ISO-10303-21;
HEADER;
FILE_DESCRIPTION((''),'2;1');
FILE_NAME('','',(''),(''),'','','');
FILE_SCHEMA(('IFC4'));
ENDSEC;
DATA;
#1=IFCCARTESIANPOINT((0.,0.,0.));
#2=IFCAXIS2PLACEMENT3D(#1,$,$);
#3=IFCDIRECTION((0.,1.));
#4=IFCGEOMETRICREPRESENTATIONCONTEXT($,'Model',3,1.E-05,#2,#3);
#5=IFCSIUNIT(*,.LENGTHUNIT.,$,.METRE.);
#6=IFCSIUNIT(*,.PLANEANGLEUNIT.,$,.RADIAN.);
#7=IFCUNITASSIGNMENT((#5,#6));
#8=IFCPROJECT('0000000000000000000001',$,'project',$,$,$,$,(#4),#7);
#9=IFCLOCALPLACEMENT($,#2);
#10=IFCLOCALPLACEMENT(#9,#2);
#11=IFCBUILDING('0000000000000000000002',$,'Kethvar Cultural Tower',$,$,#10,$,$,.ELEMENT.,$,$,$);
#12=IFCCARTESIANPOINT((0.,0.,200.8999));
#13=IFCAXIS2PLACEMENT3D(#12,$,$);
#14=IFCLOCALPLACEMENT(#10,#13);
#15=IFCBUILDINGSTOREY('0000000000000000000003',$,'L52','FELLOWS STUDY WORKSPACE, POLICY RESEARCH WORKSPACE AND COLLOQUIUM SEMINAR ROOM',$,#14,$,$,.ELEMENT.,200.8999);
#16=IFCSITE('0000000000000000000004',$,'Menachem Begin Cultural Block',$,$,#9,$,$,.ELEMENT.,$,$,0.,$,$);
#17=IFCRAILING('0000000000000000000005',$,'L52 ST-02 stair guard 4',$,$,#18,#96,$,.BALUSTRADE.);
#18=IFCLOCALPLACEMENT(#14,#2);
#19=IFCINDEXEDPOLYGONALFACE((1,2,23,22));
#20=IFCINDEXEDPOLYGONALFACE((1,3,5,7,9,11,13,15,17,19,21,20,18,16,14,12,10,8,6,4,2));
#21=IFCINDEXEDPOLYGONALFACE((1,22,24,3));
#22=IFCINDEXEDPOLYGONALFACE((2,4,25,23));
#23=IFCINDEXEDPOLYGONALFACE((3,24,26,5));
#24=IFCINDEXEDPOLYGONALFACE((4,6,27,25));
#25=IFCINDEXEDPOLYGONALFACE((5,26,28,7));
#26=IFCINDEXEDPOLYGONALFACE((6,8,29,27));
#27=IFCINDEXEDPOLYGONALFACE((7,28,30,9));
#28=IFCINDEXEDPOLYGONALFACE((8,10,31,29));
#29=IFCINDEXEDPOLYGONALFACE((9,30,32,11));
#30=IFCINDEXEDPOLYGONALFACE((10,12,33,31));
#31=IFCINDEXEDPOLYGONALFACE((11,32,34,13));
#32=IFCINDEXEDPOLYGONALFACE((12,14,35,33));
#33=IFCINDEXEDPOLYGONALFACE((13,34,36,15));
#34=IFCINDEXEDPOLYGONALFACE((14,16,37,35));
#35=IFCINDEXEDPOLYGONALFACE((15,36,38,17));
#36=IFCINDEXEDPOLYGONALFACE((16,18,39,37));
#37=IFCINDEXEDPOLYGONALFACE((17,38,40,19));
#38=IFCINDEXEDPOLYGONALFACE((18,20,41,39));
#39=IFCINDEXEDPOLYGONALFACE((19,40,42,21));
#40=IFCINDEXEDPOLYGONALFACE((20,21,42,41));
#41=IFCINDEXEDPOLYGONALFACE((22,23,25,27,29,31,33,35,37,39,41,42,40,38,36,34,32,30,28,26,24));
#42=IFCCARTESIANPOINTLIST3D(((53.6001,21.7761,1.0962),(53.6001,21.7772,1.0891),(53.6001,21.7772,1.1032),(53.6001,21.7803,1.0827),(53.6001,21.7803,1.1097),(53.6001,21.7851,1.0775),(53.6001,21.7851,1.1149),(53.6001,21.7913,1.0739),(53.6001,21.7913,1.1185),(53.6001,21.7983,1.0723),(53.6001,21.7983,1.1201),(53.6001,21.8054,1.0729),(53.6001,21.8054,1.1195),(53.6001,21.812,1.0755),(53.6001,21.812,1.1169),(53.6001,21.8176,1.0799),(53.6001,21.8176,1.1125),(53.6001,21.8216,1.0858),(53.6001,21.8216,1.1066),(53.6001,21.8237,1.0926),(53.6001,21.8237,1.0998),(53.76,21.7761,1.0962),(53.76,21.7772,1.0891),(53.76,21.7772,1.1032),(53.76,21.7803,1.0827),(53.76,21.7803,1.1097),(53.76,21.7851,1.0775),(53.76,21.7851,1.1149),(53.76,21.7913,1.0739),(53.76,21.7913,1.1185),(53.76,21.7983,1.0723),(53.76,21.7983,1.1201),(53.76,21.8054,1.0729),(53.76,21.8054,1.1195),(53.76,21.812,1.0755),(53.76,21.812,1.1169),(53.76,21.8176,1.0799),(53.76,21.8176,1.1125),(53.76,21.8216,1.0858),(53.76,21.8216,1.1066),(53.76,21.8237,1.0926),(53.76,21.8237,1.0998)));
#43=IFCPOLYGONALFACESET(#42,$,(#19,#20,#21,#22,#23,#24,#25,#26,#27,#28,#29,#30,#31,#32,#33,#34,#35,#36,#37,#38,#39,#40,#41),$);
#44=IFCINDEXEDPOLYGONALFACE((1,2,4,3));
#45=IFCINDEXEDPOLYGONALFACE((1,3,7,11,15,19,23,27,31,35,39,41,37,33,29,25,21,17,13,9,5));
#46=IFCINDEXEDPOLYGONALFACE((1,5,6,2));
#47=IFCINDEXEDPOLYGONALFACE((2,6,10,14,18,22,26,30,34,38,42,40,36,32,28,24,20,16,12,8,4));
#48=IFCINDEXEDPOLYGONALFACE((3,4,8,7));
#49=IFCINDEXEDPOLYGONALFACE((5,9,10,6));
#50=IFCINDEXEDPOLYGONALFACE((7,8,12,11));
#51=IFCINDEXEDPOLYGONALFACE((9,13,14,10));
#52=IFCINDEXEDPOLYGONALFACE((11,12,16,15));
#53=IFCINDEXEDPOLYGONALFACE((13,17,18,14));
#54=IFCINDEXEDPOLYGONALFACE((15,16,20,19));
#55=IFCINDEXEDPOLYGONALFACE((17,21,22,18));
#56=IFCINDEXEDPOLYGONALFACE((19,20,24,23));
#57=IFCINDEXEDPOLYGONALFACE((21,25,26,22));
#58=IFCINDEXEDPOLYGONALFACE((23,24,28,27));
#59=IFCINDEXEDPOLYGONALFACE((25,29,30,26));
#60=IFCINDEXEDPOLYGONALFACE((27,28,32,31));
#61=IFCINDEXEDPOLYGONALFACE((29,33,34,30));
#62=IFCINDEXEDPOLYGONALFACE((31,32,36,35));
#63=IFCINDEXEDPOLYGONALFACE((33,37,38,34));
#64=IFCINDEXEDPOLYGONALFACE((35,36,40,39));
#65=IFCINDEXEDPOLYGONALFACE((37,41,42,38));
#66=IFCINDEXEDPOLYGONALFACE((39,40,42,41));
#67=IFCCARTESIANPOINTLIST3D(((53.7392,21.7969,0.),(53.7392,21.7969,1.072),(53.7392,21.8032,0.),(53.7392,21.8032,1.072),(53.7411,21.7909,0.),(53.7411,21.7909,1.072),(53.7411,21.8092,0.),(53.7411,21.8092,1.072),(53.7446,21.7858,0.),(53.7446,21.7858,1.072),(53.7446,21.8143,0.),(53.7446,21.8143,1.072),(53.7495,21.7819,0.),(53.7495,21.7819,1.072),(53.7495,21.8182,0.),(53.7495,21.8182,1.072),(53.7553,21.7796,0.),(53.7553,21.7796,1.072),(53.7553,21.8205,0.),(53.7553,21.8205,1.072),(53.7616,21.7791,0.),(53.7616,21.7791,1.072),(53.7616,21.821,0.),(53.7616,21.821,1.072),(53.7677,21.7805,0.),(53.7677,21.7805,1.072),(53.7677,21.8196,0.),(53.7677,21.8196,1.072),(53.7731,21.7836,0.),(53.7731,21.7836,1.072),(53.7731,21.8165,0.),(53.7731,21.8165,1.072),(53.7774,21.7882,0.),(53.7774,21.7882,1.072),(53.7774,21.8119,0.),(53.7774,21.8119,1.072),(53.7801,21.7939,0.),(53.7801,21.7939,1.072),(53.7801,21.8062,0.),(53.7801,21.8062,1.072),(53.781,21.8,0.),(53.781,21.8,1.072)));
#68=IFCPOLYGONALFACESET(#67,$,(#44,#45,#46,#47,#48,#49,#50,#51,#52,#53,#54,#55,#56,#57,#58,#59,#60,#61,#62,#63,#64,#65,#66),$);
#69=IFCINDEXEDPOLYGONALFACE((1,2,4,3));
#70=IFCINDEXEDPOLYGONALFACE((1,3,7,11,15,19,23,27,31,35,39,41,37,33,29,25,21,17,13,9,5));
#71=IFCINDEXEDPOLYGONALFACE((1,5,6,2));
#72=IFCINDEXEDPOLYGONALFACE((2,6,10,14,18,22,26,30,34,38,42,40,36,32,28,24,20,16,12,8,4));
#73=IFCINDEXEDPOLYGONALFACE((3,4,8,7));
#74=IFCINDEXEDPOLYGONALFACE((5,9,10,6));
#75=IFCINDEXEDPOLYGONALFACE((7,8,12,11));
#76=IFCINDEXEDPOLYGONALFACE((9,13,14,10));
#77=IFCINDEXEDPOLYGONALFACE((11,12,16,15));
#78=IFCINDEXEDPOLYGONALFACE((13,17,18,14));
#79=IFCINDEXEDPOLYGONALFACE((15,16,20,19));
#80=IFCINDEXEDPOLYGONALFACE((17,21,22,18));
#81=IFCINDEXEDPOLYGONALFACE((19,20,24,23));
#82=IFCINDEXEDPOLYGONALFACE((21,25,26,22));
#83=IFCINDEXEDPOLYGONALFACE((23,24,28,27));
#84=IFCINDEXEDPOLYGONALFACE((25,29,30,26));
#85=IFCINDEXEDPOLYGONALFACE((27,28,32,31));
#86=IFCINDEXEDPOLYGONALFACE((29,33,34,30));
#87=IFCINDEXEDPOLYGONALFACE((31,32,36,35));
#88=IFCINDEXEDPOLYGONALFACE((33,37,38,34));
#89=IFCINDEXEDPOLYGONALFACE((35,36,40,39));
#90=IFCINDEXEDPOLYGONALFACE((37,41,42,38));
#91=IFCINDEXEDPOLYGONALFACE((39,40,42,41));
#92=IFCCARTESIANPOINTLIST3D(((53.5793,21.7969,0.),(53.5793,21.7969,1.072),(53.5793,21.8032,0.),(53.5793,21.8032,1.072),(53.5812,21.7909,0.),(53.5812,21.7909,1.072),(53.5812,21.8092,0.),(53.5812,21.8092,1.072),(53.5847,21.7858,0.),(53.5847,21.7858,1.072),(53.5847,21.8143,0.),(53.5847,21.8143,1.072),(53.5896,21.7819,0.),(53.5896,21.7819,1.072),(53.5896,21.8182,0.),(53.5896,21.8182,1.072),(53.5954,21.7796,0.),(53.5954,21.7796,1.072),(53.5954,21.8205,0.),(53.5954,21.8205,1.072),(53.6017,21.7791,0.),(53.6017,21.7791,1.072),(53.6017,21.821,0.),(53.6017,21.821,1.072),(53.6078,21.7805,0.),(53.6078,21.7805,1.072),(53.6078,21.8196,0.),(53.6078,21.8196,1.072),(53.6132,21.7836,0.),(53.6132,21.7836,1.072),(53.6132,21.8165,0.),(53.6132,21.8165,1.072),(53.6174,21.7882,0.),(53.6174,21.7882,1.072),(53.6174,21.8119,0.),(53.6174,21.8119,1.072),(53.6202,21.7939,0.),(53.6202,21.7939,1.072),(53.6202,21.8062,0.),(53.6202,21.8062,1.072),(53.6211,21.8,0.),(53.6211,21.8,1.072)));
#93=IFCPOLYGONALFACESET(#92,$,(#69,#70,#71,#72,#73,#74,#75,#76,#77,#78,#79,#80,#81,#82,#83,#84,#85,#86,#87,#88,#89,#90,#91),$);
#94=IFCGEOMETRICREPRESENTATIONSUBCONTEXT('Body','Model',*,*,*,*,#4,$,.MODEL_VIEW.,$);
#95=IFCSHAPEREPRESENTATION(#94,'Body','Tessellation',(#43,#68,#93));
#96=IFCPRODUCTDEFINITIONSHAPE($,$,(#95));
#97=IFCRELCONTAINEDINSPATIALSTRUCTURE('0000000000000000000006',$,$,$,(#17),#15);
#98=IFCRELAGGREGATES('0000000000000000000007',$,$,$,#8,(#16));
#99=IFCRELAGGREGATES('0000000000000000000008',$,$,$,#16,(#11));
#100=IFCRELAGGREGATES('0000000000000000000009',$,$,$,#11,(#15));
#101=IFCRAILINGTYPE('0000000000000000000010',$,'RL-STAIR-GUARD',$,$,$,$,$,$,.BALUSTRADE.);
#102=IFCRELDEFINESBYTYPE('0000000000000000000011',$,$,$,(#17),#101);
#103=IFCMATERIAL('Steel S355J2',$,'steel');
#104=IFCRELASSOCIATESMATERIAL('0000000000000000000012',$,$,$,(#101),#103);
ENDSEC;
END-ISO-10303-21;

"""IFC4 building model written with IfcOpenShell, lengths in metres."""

from ifc_helpers import new_model, si_unit, direction, frame, origin, origin_2d, place, context, subcontext, project, spatial, circle, extrude, material, type_object, element, save


model = new_model("IFC4")

# Units and contexts
model_context = context("Model", 3, precision=1e-05, world=origin(), true_north=direction((0.0, 1.0)))
body_context = subcontext(model_context, "Body", "Model", "MODEL_VIEW")
ifc_project = project(units=[si_unit("LENGTHUNIT", "METRE"), si_unit("PLANEANGLEUNIT", "RADIAN")], contexts=[model_context])

# Site, building, storey
site_placement = place(None, origin())
site = spatial("IfcSite", under=ifc_project, at=site_placement, Name="Menachem Begin Cultural Block", CompositionType="ELEMENT", RefElevation=0.0)
building_placement = place(site_placement, origin())
building = spatial("IfcBuilding", under=site, at=building_placement, Name="Kethvar Cultural Tower", CompositionType="ELEMENT")
storey_placement = place(building_placement, frame((0.0, 0.0, 200.8999)))
storey = spatial("IfcBuildingStorey", under=building, at=storey_placement, Name="L52", Description="FELLOWS STUDY WORKSPACE, POLICY RESEARCH WORKSPACE AND COLLOQUIUM SEMINAR ROOM", CompositionType="ELEMENT", Elevation=200.8999)

# Shared definitions
ifc_material_1 = material(Name="Steel S355J2", Category="steel")

# Railing
railing_type_1 = type_object("IfcRailingType", Name="RL-STAIR-GUARD", PredefinedType="BALUSTRADE", material=ifc_material_1)
railing_1_placement = place(storey_placement, frame((53.76, 21.8, 0.0)))
element("IfcRailing", 1, at=railing_1_placement, inside=storey, type_object=railing_type_1, Name="L52 ST-02 stair guard 4", PredefinedType="BALUSTRADE", context=body_context, shape_type="SweptSolid", body=[
    extrude(circle(Radius=0.0239, at=origin_2d()), frame((0.0, 0.0, 1.0962), z_axis=(-1.0, 0.0, 0.0), x_axis=(0.0, -1.0, 0.0)), (0.0, 0.0, 1.0), 0.1599),
    extrude(circle(Radius=0.021, at=origin_2d()), origin(), (0.0, 0.0, 1.0), 1.072),
    extrude(circle(Radius=0.021, at=origin_2d()), frame((-0.1599, 0.0, 0.0)), (0.0, 0.0, 1.0), 1.072),
])

save(model, "model.ifc")
